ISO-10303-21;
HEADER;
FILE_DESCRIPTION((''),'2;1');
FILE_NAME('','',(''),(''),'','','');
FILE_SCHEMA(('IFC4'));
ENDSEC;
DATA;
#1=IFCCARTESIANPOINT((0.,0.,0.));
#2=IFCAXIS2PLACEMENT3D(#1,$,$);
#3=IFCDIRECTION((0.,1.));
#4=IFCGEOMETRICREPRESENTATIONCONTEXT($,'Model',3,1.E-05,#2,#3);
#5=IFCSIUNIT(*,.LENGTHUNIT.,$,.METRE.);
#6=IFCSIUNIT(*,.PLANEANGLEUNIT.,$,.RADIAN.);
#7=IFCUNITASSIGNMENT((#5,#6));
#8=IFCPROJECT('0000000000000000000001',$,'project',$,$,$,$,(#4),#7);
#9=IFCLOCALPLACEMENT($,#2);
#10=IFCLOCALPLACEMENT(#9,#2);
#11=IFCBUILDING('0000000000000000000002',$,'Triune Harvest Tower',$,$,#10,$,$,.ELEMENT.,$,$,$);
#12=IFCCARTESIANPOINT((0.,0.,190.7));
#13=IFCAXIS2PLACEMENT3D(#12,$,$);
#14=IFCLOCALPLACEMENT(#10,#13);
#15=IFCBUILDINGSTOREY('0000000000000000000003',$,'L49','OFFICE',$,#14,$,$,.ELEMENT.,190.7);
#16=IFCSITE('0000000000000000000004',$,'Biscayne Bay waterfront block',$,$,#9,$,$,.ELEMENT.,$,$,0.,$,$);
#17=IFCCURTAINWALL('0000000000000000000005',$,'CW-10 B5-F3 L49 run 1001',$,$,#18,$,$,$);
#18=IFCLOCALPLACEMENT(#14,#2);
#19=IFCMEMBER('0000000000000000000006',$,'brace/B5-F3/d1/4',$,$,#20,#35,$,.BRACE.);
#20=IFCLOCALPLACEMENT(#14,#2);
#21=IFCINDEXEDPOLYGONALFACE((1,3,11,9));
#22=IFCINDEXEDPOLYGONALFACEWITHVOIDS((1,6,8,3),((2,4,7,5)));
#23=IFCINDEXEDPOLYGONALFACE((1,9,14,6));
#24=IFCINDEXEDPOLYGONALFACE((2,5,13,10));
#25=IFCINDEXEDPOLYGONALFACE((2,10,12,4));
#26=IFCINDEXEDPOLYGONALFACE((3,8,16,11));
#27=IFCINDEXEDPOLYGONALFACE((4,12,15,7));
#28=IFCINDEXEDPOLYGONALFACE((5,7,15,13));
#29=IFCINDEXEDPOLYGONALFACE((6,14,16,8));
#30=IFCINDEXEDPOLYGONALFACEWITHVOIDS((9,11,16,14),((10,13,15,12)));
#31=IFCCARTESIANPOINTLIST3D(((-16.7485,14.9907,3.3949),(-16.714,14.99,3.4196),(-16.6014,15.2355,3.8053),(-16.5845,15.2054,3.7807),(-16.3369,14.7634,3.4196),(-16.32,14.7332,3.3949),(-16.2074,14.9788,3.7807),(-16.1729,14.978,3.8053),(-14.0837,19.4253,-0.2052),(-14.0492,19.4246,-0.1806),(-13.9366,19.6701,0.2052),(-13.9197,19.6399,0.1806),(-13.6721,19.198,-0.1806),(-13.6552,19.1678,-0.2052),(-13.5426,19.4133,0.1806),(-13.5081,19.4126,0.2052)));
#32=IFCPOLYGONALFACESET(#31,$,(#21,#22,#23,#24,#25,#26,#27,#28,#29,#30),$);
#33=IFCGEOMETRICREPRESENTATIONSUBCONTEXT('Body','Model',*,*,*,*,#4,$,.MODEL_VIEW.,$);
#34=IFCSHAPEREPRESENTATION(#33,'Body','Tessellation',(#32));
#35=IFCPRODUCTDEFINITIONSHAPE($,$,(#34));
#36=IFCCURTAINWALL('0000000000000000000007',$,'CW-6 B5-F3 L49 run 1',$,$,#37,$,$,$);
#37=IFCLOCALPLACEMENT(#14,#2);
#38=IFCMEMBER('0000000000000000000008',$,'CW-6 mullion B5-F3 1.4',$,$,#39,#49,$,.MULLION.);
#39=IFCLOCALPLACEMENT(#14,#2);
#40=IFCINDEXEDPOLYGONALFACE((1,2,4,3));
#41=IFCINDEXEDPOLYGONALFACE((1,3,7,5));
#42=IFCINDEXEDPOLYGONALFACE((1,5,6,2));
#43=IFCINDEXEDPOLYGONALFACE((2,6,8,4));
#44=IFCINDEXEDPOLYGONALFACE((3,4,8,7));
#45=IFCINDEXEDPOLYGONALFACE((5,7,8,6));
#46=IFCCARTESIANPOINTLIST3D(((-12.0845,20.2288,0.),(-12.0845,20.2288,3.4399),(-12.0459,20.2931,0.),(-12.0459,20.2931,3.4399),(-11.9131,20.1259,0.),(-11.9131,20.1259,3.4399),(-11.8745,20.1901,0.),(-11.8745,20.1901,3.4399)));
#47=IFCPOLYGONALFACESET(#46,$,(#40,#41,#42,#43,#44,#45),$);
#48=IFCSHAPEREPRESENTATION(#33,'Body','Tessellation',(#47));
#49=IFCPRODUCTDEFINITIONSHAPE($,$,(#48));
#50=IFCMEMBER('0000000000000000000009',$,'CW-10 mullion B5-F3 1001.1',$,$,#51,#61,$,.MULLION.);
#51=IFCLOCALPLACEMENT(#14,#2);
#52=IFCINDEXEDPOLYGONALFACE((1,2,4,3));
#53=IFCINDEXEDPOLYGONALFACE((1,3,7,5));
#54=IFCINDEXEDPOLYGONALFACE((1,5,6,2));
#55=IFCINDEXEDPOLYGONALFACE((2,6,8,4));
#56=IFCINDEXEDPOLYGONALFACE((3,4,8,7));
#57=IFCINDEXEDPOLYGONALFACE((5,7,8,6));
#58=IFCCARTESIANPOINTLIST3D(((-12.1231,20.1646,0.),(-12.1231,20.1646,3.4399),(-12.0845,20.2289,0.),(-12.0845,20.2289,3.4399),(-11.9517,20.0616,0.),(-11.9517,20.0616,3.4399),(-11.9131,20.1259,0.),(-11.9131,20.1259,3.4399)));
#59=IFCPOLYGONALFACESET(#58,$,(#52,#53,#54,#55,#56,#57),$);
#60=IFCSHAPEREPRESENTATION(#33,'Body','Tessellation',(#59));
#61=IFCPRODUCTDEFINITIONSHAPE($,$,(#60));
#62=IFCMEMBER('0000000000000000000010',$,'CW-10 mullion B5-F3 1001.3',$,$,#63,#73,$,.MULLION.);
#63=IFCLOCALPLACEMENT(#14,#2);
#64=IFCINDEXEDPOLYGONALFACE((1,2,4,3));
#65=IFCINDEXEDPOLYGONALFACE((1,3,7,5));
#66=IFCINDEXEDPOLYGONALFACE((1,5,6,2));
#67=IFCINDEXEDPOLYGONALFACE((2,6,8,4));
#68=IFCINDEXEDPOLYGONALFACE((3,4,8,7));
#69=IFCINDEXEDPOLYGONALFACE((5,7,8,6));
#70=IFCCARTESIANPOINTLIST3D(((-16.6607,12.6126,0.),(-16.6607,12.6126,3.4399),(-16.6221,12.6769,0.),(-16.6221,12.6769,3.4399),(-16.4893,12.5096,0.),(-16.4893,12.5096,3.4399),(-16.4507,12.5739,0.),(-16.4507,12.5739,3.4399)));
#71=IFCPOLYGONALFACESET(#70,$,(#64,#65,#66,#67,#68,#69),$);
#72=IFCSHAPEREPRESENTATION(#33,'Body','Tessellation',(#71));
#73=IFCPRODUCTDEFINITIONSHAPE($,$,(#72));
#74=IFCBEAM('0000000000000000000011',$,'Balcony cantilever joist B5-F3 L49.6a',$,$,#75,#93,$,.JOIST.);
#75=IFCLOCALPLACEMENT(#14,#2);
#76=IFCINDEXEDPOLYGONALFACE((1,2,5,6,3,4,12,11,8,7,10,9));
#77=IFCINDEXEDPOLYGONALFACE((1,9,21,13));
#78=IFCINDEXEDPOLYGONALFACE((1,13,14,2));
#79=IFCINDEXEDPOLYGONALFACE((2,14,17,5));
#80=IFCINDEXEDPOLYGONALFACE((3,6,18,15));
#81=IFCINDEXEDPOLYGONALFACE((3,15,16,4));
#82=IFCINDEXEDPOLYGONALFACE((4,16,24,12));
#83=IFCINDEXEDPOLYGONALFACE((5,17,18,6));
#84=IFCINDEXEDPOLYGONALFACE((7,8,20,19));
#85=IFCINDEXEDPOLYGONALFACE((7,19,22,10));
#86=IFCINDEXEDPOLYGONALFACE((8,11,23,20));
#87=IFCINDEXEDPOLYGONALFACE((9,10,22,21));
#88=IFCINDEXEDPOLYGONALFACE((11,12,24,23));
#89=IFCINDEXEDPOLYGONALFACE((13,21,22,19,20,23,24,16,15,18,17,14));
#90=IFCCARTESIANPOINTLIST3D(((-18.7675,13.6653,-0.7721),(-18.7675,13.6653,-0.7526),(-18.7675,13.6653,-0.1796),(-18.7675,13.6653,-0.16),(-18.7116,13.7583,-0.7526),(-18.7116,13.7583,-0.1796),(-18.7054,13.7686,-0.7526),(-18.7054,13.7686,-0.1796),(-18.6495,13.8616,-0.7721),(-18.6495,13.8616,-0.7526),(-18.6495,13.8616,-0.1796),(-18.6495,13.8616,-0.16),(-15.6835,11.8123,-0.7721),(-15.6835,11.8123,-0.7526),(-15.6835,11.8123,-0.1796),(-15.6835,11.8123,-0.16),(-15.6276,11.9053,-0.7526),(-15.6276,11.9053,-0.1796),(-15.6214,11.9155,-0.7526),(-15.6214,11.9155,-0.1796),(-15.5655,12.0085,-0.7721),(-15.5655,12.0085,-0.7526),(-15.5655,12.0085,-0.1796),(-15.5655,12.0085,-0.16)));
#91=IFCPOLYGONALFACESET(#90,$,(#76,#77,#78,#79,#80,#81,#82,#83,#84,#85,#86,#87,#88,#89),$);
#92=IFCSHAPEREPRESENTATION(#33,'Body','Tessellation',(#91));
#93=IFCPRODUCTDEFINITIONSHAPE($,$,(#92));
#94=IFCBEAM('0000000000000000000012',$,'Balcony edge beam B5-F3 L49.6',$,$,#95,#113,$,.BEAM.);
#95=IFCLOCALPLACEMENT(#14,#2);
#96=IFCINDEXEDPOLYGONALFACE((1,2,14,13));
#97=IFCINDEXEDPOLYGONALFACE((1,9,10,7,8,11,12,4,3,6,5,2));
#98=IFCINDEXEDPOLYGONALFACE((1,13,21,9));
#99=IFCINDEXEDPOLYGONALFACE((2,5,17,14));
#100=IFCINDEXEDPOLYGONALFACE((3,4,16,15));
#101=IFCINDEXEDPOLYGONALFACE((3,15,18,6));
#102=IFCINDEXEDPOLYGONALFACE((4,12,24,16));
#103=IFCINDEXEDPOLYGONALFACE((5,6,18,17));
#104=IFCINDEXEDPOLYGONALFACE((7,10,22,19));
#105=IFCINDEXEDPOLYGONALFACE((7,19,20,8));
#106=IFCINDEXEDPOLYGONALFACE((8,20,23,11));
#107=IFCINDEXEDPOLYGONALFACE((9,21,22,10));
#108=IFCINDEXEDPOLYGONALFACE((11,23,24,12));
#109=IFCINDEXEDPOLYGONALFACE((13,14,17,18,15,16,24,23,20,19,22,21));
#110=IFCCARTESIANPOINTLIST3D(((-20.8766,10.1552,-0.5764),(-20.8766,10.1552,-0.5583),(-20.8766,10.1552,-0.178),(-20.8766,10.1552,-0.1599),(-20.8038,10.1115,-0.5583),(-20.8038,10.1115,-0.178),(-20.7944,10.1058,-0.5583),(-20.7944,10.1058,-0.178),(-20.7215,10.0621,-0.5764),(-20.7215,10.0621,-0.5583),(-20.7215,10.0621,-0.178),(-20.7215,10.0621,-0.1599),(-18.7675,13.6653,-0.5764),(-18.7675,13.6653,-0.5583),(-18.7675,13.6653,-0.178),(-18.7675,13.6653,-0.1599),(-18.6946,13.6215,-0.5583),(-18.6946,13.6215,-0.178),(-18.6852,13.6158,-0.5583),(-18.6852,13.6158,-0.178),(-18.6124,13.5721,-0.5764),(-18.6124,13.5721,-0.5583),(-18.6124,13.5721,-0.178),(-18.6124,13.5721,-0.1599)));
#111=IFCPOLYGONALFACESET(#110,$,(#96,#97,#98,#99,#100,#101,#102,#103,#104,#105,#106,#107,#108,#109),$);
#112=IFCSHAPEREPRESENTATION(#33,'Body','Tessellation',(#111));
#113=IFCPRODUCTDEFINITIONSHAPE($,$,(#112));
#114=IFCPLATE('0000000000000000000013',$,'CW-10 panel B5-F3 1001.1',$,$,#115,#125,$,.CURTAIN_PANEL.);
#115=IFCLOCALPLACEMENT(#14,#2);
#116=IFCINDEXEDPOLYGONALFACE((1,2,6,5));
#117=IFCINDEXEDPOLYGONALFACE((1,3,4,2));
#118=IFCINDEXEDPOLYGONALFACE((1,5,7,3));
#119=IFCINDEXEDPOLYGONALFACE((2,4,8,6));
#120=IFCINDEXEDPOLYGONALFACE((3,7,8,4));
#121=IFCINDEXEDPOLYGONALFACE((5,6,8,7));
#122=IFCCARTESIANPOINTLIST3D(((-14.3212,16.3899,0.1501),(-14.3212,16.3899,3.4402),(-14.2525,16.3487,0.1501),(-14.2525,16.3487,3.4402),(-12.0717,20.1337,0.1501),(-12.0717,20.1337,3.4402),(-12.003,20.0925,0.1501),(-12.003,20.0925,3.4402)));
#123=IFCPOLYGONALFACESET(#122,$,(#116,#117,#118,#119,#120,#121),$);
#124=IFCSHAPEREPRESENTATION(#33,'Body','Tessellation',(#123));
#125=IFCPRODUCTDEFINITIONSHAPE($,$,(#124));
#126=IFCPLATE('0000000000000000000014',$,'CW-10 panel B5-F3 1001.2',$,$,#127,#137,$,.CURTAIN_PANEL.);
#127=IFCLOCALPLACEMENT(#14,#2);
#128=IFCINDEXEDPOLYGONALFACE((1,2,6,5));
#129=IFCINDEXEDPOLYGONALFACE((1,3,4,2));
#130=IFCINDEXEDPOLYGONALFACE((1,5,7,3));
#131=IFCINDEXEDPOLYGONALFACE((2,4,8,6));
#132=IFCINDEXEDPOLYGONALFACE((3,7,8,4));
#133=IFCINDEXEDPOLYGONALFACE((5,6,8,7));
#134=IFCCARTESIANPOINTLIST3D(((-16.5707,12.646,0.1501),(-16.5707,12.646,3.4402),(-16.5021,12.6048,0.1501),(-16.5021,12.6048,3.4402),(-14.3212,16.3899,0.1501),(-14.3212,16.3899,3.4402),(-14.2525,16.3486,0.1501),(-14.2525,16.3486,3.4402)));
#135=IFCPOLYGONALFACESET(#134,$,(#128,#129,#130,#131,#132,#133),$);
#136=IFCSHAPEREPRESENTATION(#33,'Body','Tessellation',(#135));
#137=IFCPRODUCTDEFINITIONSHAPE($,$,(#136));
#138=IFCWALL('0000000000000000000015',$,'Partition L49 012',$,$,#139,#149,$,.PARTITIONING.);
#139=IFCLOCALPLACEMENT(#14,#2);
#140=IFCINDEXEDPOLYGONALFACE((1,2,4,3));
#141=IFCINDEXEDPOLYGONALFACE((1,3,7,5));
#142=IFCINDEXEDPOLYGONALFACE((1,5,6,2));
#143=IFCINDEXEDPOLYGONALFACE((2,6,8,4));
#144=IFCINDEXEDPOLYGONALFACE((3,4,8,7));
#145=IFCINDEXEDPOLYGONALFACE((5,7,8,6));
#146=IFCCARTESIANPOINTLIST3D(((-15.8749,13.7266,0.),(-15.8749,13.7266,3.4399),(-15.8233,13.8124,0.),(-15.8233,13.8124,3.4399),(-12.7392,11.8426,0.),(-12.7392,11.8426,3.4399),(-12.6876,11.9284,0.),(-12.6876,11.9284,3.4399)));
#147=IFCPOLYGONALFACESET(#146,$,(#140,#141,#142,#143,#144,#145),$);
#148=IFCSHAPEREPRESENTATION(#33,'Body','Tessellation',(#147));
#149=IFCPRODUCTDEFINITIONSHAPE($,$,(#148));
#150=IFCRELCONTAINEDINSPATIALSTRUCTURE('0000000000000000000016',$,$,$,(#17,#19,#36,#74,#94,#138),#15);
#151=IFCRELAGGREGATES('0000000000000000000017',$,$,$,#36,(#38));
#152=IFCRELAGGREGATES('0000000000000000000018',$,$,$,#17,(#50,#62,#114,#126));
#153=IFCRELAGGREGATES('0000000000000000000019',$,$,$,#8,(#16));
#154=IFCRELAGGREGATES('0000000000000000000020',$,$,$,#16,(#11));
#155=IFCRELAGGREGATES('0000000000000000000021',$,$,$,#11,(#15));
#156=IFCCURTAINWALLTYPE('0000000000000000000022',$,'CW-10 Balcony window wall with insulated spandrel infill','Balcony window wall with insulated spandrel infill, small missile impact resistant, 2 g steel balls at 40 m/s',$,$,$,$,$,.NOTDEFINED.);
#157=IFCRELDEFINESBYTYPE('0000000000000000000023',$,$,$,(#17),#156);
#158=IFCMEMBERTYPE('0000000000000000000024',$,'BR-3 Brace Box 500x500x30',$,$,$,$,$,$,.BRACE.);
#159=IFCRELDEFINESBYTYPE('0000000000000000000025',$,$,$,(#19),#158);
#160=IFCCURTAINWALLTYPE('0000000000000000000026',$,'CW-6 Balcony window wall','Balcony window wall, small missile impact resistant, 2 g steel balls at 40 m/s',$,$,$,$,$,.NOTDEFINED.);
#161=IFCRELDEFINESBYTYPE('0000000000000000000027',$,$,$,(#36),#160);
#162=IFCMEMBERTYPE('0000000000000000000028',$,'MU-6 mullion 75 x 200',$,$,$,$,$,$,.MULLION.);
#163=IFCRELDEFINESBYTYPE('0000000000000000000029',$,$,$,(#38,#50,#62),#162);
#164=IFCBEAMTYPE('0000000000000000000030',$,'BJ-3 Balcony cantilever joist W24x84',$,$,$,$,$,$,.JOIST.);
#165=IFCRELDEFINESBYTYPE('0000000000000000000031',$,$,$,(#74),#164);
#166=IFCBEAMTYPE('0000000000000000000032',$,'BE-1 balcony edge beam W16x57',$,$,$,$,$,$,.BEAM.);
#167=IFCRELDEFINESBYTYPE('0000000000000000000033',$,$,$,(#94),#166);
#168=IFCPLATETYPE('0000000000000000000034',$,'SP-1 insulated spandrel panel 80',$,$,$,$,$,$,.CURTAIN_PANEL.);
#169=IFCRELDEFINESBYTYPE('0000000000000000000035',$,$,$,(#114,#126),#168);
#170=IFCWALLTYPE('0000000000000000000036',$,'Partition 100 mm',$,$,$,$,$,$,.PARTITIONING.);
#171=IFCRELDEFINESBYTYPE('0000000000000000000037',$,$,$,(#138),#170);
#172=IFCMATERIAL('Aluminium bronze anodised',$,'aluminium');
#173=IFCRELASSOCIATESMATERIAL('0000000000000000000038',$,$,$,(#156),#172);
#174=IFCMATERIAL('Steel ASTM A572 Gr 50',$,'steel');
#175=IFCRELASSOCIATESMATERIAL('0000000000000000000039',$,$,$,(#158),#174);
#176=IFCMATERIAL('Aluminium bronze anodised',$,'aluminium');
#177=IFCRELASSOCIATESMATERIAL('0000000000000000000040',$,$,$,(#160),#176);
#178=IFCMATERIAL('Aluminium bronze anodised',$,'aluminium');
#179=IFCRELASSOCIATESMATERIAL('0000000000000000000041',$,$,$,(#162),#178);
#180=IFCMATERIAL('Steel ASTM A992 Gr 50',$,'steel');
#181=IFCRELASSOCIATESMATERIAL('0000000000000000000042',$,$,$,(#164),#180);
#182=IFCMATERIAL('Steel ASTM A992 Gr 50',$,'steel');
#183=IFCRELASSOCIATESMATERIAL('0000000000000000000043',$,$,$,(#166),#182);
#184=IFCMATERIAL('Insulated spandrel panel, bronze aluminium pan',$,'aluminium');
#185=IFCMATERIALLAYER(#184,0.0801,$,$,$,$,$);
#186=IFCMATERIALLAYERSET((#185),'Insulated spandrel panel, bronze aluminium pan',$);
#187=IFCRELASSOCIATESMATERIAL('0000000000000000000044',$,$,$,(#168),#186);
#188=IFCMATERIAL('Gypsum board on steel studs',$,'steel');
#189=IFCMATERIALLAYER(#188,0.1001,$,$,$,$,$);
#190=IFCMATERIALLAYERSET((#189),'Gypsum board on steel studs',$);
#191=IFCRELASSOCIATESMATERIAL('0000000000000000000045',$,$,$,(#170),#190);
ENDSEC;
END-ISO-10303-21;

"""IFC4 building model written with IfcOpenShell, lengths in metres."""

from ifc_helpers import new_model, si_unit, direction, frame, frame_2d, origin, origin_2d, place, context, subcontext, project, spatial, rectangle, hollow_rectangle, i_section, extrude, source, transform, mapped, material, layer, layer_set, material_profile, profile_set, type_object, element, aggregate, save


model = new_model("IFC4")

# Units and contexts
model_context = context("Model", 3, precision=1e-05, world=origin(), true_north=direction((0.0, 1.0)))
body_context = subcontext(model_context, "Body", "Model", "MODEL_VIEW")
ifc_project = project(units=[si_unit("LENGTHUNIT", "METRE"), si_unit("PLANEANGLEUNIT", "RADIAN")], contexts=[model_context])

# Site, building, storey
site_placement = place(None, origin())
site = spatial("IfcSite", under=ifc_project, at=site_placement, Name="Biscayne Bay waterfront block", CompositionType="ELEMENT", RefElevation=0.0)
building_placement = place(site_placement, origin())
building = spatial("IfcBuilding", under=site, at=building_placement, Name="Triune Harvest Tower", CompositionType="ELEMENT")
storey_placement = place(building_placement, frame((0.0, 0.0, 190.7)))
storey = spatial("IfcBuildingStorey", under=building, at=storey_placement, Name="L49", Description="OFFICE", CompositionType="ELEMENT", Elevation=190.7)

# Curtain wall
ifc_material_1 = material(Name="Aluminium bronze anodised", Category="aluminium")
curtain_wall_type_1 = type_object("IfcCurtainWallType", Name="CW-10 Balcony window wall with insulated spandrel infill", Description="Balcony window wall with insulated spandrel infill, small missile impact resistant, 2 g steel balls at 40 m/s", PredefinedType="NOTDEFINED", material=ifc_material_1)
curtain_wall_1_placement = place(storey_placement, origin())
curtain_wall_1 = element("IfcCurtainWall", 1, at=curtain_wall_1_placement, inside=storey, type_object=curtain_wall_type_1, Name="CW-10 B5-F3 L49 run 1001")

# Member
ifc_material_2 = material(Name="Steel ASTM A572 Gr 50", Category="steel")
ifc_material_profile_1 = material_profile(ifc_material_2, hollow_rectangle(XDim=0.5, YDim=0.5, WallThickness=0.03, at=origin_2d()), Name="Box 500x500x30")
ifc_profile_set_1 = profile_set([ifc_material_profile_1], Name="Steel ASTM A572 Gr 50")
member_type_1 = type_object("IfcMemberType", Name="BR-3 Brace Box 500x500x30", PredefinedType="BRACE", material=ifc_profile_set_1)
shared_shape_1 = source(origin(), body_context, "Body", "SweptSolid", [
    extrude(hollow_rectangle(XDim=0.5, YDim=0.5, WallThickness=0.03, at=origin_2d()), origin(), (0.0, 0.0, 1.0), 6.303),
])
member_1_placement = place(storey_placement, frame((-13.7959, 19.4189, 0.0), z_axis=(-0.422785, -0.70357, 0.571176), x_axis=(0.857147, -0.515072, 0.0)))
element("IfcMember", 2, at=member_1_placement, inside=storey, type_object=member_type_1, Name="brace/B5-F3/d1/4", PredefinedType="BRACE", context=body_context, shape_type="MappedRepresentation", body=[
    mapped(shared_shape_1, transform((0.0, 0.0, 0.0), scale=1.0)),
])

# Curtain wall, member
ifc_material_3 = material(Name="Aluminium bronze anodised", Category="aluminium")
curtain_wall_type_2 = type_object("IfcCurtainWallType", Name="CW-6 Balcony window wall", Description="Balcony window wall, small missile impact resistant, 2 g steel balls at 40 m/s", PredefinedType="NOTDEFINED", material=ifc_material_3)
curtain_wall_2_placement = place(storey_placement, origin())
curtain_wall_2 = element("IfcCurtainWall", 3, at=curtain_wall_2_placement, inside=storey, type_object=curtain_wall_type_2, Name="CW-6 B5-F3 L49 run 1")
ifc_material_4 = material(Name="Aluminium bronze anodised", Category="aluminium")
ifc_material_profile_2 = material_profile(ifc_material_4, rectangle(XDim=0.2, YDim=0.075, at=origin_2d()), Name="MU-6 mullion 75 x 200")
ifc_profile_set_2 = profile_set([ifc_material_profile_2], Name="Aluminium bronze anodised")
member_type_2 = type_object("IfcMemberType", Name="MU-6 mullion 75 x 200", PredefinedType="MULLION", material=ifc_profile_set_2)
shared_shape_2 = source(origin(), body_context, "Body", "SweptSolid", [
    extrude(rectangle(XDim=0.2, YDim=0.075, at=origin_2d()), origin(), (0.0, 0.0, 1.0), 3.4399),
])
member_2_placement = place(storey_placement, frame((-11.9795, 20.2095, 0.0), z_axis=(0.0, 0.0, 1.0), x_axis=(0.857169, -0.515036, 0.0)))
member_2 = element("IfcMember", 4, at=member_2_placement, type_object=member_type_2, Name="CW-6 mullion B5-F3 1.4", PredefinedType="MULLION", context=body_context, shape_type="MappedRepresentation", body=[
    mapped(shared_shape_2, transform((0.0, 0.0, 0.0), scale=1.0)),
])
aggregate(curtain_wall_2, [member_2])

# Members
member_3_placement = place(storey_placement, frame((-12.0181, 20.1453, 0.0), z_axis=(0.0, 0.0, 1.0), x_axis=(0.857168, -0.515038, 0.0)))
member_3 = element("IfcMember", 5, at=member_3_placement, type_object=member_type_2, Name="CW-10 mullion B5-F3 1001.1", PredefinedType="MULLION", context=body_context, shape_type="MappedRepresentation", body=[
    mapped(shared_shape_2, transform((0.0, 0.0, 0.0), scale=1.0)),
])
member_4_placement = place(storey_placement, frame((-16.5557, 12.5933, 0.0), z_axis=(0.0, 0.0, 1.0), x_axis=(0.857168, -0.515038, 0.0)))
member_4 = element("IfcMember", 6, at=member_4_placement, type_object=member_type_2, Name="CW-10 mullion B5-F3 1001.3", PredefinedType="MULLION", context=body_context, shape_type="MappedRepresentation", body=[
    mapped(shared_shape_2, transform((0.0, 0.0, 0.0), scale=1.0)),
])

# Beams
ifc_material_5 = material(Name="Steel ASTM A992 Gr 50", Category="steel")
ifc_material_profile_3 = material_profile(ifc_material_5, i_section(OverallWidth=0.229, OverallDepth=0.6121, WebThickness=0.012, FlangeThickness=0.0195, at=origin_2d()), Name="W24x84")
ifc_profile_set_3 = profile_set([ifc_material_profile_3], Name="Steel ASTM A992 Gr 50")
beam_type_1 = type_object("IfcBeamType", Name="BJ-3 Balcony cantilever joist W24x84", PredefinedType="JOIST", material=ifc_profile_set_3)
shared_shape_3 = source(origin(), body_context, "Body", "SweptSolid", [
    extrude(i_section(OverallWidth=0.229, OverallDepth=0.6121, WebThickness=0.012, FlangeThickness=0.0195, at=origin_2d()), origin(), (0.0, 0.0, 1.0), 3.5979),
])
beam_1_placement = place(storey_placement, frame((-15.6245, 11.9104, -0.4661), z_axis=(-0.857169, 0.515035, 0.0), x_axis=(-0.515035, -0.857169, 0.0)))
element("IfcBeam", 7, at=beam_1_placement, inside=storey, type_object=beam_type_1, Name="Balcony cantilever joist B5-F3 L49.6a", PredefinedType="JOIST", context=body_context, shape_type="MappedRepresentation", body=[
    mapped(shared_shape_3, transform((0.0, 0.0, 0.0), scale=1.0)),
])
ifc_material_6 = material(Name="Steel ASTM A992 Gr 50", Category="steel")
ifc_material_profile_4 = material_profile(ifc_material_6, i_section(OverallWidth=0.1809, OverallDepth=0.4165, WebThickness=0.011, FlangeThickness=0.0181, at=origin_2d()), Name="W16x57")
ifc_profile_set_4 = profile_set([ifc_material_profile_4], Name="Steel ASTM A992 Gr 50")
beam_type_2 = type_object("IfcBeamType", Name="BE-1 balcony edge beam W16x57", PredefinedType="BEAM", material=ifc_profile_set_4)
shared_shape_4 = source(origin(), body_context, "Body", "SweptSolid", [
    extrude(i_section(OverallWidth=0.1809, OverallDepth=0.4165, WebThickness=0.011, FlangeThickness=0.0181, at=origin_2d()), origin(), (0.0, 0.0, 1.0), 4.095),
])
beam_2_placement = place(storey_placement, frame((-20.7991, 10.1086, -0.3682), z_axis=(0.515057, 0.857156, 0.0), x_axis=(-0.857156, 0.515057, 0.0)))
element("IfcBeam", 8, at=beam_2_placement, inside=storey, type_object=beam_type_2, Name="Balcony edge beam B5-F3 L49.6", PredefinedType="BEAM", context=body_context, shape_type="MappedRepresentation", body=[
    mapped(shared_shape_4, transform((0.0, 0.0, 0.0), scale=1.0)),
])

# Plates
ifc_material_7 = material(Name="Insulated spandrel panel, bronze aluminium pan", Category="aluminium")
ifc_layer_1 = layer(ifc_material_7, 0.0801)
ifc_layer_set_1 = layer_set([ifc_layer_1], Name="Insulated spandrel panel, bronze aluminium pan")
plate_type = type_object("IfcPlateType", Name="SP-1 insulated spandrel panel 80", PredefinedType="CURTAIN_PANEL", material=ifc_layer_set_1)
shared_shape_5 = source(origin(), body_context, "Body", "SweptSolid", [
    extrude(rectangle(XDim=4.3677, YDim=0.0801, at=origin_2d()), origin(), (0.0, 0.0, 1.0), 3.29),
])
plate_1_placement = place(storey_placement, frame((-13.1621, 18.2412, 0.1501), z_axis=(0.0, 0.0, 1.0), x_axis=(-0.515038, -0.857168, 0.0)))
plate_1 = element("IfcPlate", 9, at=plate_1_placement, type_object=plate_type, Name="CW-10 panel B5-F3 1001.1", PredefinedType="CURTAIN_PANEL", context=body_context, shape_type="MappedRepresentation", body=[
    mapped(shared_shape_5, transform((0.0, 0.0, 0.0), scale=1.0)),
])
plate_2_placement = place(storey_placement, frame((-15.4116, 14.4973, 0.1501), z_axis=(0.0, 0.0, 1.0), x_axis=(-0.515038, -0.857168, 0.0)))
plate_2 = element("IfcPlate", 10, at=plate_2_placement, type_object=plate_type, Name="CW-10 panel B5-F3 1001.2", PredefinedType="CURTAIN_PANEL", context=body_context, shape_type="MappedRepresentation", body=[
    mapped(shared_shape_5, transform((0.0, 0.0, 0.0), scale=1.0)),
])
aggregate(curtain_wall_1, [member_3, member_4, plate_1, plate_2])

# Wall
ifc_material_8 = material(Name="Gypsum board on steel studs", Category="steel")
ifc_layer_2 = layer(ifc_material_8, 0.1001)
ifc_layer_set_2 = layer_set([ifc_layer_2], Name="Gypsum board on steel studs")
wall_type_1 = type_object("IfcWallType", Name="Partition 100 mm", PredefinedType="PARTITIONING", material=ifc_layer_set_2)
wall_1_placement = place(storey_placement, frame((-15.8491, 13.7695, 0.0), z_axis=(0.0, 0.0, 1.0), x_axis=(0.857181, -0.515016, 0.0)))
element("IfcWall", 11, at=wall_1_placement, inside=storey, type_object=wall_type_1, Name="Partition L49 012", PredefinedType="PARTITIONING", context=body_context, shape_type="SweptSolid", body=[
    extrude(rectangle(XDim=3.6582, YDim=0.1001, at=frame_2d((1.8291, 0.0))), origin(), (0.0, 0.0, 1.0), 3.4399),
])

save(model, "model.ifc")
